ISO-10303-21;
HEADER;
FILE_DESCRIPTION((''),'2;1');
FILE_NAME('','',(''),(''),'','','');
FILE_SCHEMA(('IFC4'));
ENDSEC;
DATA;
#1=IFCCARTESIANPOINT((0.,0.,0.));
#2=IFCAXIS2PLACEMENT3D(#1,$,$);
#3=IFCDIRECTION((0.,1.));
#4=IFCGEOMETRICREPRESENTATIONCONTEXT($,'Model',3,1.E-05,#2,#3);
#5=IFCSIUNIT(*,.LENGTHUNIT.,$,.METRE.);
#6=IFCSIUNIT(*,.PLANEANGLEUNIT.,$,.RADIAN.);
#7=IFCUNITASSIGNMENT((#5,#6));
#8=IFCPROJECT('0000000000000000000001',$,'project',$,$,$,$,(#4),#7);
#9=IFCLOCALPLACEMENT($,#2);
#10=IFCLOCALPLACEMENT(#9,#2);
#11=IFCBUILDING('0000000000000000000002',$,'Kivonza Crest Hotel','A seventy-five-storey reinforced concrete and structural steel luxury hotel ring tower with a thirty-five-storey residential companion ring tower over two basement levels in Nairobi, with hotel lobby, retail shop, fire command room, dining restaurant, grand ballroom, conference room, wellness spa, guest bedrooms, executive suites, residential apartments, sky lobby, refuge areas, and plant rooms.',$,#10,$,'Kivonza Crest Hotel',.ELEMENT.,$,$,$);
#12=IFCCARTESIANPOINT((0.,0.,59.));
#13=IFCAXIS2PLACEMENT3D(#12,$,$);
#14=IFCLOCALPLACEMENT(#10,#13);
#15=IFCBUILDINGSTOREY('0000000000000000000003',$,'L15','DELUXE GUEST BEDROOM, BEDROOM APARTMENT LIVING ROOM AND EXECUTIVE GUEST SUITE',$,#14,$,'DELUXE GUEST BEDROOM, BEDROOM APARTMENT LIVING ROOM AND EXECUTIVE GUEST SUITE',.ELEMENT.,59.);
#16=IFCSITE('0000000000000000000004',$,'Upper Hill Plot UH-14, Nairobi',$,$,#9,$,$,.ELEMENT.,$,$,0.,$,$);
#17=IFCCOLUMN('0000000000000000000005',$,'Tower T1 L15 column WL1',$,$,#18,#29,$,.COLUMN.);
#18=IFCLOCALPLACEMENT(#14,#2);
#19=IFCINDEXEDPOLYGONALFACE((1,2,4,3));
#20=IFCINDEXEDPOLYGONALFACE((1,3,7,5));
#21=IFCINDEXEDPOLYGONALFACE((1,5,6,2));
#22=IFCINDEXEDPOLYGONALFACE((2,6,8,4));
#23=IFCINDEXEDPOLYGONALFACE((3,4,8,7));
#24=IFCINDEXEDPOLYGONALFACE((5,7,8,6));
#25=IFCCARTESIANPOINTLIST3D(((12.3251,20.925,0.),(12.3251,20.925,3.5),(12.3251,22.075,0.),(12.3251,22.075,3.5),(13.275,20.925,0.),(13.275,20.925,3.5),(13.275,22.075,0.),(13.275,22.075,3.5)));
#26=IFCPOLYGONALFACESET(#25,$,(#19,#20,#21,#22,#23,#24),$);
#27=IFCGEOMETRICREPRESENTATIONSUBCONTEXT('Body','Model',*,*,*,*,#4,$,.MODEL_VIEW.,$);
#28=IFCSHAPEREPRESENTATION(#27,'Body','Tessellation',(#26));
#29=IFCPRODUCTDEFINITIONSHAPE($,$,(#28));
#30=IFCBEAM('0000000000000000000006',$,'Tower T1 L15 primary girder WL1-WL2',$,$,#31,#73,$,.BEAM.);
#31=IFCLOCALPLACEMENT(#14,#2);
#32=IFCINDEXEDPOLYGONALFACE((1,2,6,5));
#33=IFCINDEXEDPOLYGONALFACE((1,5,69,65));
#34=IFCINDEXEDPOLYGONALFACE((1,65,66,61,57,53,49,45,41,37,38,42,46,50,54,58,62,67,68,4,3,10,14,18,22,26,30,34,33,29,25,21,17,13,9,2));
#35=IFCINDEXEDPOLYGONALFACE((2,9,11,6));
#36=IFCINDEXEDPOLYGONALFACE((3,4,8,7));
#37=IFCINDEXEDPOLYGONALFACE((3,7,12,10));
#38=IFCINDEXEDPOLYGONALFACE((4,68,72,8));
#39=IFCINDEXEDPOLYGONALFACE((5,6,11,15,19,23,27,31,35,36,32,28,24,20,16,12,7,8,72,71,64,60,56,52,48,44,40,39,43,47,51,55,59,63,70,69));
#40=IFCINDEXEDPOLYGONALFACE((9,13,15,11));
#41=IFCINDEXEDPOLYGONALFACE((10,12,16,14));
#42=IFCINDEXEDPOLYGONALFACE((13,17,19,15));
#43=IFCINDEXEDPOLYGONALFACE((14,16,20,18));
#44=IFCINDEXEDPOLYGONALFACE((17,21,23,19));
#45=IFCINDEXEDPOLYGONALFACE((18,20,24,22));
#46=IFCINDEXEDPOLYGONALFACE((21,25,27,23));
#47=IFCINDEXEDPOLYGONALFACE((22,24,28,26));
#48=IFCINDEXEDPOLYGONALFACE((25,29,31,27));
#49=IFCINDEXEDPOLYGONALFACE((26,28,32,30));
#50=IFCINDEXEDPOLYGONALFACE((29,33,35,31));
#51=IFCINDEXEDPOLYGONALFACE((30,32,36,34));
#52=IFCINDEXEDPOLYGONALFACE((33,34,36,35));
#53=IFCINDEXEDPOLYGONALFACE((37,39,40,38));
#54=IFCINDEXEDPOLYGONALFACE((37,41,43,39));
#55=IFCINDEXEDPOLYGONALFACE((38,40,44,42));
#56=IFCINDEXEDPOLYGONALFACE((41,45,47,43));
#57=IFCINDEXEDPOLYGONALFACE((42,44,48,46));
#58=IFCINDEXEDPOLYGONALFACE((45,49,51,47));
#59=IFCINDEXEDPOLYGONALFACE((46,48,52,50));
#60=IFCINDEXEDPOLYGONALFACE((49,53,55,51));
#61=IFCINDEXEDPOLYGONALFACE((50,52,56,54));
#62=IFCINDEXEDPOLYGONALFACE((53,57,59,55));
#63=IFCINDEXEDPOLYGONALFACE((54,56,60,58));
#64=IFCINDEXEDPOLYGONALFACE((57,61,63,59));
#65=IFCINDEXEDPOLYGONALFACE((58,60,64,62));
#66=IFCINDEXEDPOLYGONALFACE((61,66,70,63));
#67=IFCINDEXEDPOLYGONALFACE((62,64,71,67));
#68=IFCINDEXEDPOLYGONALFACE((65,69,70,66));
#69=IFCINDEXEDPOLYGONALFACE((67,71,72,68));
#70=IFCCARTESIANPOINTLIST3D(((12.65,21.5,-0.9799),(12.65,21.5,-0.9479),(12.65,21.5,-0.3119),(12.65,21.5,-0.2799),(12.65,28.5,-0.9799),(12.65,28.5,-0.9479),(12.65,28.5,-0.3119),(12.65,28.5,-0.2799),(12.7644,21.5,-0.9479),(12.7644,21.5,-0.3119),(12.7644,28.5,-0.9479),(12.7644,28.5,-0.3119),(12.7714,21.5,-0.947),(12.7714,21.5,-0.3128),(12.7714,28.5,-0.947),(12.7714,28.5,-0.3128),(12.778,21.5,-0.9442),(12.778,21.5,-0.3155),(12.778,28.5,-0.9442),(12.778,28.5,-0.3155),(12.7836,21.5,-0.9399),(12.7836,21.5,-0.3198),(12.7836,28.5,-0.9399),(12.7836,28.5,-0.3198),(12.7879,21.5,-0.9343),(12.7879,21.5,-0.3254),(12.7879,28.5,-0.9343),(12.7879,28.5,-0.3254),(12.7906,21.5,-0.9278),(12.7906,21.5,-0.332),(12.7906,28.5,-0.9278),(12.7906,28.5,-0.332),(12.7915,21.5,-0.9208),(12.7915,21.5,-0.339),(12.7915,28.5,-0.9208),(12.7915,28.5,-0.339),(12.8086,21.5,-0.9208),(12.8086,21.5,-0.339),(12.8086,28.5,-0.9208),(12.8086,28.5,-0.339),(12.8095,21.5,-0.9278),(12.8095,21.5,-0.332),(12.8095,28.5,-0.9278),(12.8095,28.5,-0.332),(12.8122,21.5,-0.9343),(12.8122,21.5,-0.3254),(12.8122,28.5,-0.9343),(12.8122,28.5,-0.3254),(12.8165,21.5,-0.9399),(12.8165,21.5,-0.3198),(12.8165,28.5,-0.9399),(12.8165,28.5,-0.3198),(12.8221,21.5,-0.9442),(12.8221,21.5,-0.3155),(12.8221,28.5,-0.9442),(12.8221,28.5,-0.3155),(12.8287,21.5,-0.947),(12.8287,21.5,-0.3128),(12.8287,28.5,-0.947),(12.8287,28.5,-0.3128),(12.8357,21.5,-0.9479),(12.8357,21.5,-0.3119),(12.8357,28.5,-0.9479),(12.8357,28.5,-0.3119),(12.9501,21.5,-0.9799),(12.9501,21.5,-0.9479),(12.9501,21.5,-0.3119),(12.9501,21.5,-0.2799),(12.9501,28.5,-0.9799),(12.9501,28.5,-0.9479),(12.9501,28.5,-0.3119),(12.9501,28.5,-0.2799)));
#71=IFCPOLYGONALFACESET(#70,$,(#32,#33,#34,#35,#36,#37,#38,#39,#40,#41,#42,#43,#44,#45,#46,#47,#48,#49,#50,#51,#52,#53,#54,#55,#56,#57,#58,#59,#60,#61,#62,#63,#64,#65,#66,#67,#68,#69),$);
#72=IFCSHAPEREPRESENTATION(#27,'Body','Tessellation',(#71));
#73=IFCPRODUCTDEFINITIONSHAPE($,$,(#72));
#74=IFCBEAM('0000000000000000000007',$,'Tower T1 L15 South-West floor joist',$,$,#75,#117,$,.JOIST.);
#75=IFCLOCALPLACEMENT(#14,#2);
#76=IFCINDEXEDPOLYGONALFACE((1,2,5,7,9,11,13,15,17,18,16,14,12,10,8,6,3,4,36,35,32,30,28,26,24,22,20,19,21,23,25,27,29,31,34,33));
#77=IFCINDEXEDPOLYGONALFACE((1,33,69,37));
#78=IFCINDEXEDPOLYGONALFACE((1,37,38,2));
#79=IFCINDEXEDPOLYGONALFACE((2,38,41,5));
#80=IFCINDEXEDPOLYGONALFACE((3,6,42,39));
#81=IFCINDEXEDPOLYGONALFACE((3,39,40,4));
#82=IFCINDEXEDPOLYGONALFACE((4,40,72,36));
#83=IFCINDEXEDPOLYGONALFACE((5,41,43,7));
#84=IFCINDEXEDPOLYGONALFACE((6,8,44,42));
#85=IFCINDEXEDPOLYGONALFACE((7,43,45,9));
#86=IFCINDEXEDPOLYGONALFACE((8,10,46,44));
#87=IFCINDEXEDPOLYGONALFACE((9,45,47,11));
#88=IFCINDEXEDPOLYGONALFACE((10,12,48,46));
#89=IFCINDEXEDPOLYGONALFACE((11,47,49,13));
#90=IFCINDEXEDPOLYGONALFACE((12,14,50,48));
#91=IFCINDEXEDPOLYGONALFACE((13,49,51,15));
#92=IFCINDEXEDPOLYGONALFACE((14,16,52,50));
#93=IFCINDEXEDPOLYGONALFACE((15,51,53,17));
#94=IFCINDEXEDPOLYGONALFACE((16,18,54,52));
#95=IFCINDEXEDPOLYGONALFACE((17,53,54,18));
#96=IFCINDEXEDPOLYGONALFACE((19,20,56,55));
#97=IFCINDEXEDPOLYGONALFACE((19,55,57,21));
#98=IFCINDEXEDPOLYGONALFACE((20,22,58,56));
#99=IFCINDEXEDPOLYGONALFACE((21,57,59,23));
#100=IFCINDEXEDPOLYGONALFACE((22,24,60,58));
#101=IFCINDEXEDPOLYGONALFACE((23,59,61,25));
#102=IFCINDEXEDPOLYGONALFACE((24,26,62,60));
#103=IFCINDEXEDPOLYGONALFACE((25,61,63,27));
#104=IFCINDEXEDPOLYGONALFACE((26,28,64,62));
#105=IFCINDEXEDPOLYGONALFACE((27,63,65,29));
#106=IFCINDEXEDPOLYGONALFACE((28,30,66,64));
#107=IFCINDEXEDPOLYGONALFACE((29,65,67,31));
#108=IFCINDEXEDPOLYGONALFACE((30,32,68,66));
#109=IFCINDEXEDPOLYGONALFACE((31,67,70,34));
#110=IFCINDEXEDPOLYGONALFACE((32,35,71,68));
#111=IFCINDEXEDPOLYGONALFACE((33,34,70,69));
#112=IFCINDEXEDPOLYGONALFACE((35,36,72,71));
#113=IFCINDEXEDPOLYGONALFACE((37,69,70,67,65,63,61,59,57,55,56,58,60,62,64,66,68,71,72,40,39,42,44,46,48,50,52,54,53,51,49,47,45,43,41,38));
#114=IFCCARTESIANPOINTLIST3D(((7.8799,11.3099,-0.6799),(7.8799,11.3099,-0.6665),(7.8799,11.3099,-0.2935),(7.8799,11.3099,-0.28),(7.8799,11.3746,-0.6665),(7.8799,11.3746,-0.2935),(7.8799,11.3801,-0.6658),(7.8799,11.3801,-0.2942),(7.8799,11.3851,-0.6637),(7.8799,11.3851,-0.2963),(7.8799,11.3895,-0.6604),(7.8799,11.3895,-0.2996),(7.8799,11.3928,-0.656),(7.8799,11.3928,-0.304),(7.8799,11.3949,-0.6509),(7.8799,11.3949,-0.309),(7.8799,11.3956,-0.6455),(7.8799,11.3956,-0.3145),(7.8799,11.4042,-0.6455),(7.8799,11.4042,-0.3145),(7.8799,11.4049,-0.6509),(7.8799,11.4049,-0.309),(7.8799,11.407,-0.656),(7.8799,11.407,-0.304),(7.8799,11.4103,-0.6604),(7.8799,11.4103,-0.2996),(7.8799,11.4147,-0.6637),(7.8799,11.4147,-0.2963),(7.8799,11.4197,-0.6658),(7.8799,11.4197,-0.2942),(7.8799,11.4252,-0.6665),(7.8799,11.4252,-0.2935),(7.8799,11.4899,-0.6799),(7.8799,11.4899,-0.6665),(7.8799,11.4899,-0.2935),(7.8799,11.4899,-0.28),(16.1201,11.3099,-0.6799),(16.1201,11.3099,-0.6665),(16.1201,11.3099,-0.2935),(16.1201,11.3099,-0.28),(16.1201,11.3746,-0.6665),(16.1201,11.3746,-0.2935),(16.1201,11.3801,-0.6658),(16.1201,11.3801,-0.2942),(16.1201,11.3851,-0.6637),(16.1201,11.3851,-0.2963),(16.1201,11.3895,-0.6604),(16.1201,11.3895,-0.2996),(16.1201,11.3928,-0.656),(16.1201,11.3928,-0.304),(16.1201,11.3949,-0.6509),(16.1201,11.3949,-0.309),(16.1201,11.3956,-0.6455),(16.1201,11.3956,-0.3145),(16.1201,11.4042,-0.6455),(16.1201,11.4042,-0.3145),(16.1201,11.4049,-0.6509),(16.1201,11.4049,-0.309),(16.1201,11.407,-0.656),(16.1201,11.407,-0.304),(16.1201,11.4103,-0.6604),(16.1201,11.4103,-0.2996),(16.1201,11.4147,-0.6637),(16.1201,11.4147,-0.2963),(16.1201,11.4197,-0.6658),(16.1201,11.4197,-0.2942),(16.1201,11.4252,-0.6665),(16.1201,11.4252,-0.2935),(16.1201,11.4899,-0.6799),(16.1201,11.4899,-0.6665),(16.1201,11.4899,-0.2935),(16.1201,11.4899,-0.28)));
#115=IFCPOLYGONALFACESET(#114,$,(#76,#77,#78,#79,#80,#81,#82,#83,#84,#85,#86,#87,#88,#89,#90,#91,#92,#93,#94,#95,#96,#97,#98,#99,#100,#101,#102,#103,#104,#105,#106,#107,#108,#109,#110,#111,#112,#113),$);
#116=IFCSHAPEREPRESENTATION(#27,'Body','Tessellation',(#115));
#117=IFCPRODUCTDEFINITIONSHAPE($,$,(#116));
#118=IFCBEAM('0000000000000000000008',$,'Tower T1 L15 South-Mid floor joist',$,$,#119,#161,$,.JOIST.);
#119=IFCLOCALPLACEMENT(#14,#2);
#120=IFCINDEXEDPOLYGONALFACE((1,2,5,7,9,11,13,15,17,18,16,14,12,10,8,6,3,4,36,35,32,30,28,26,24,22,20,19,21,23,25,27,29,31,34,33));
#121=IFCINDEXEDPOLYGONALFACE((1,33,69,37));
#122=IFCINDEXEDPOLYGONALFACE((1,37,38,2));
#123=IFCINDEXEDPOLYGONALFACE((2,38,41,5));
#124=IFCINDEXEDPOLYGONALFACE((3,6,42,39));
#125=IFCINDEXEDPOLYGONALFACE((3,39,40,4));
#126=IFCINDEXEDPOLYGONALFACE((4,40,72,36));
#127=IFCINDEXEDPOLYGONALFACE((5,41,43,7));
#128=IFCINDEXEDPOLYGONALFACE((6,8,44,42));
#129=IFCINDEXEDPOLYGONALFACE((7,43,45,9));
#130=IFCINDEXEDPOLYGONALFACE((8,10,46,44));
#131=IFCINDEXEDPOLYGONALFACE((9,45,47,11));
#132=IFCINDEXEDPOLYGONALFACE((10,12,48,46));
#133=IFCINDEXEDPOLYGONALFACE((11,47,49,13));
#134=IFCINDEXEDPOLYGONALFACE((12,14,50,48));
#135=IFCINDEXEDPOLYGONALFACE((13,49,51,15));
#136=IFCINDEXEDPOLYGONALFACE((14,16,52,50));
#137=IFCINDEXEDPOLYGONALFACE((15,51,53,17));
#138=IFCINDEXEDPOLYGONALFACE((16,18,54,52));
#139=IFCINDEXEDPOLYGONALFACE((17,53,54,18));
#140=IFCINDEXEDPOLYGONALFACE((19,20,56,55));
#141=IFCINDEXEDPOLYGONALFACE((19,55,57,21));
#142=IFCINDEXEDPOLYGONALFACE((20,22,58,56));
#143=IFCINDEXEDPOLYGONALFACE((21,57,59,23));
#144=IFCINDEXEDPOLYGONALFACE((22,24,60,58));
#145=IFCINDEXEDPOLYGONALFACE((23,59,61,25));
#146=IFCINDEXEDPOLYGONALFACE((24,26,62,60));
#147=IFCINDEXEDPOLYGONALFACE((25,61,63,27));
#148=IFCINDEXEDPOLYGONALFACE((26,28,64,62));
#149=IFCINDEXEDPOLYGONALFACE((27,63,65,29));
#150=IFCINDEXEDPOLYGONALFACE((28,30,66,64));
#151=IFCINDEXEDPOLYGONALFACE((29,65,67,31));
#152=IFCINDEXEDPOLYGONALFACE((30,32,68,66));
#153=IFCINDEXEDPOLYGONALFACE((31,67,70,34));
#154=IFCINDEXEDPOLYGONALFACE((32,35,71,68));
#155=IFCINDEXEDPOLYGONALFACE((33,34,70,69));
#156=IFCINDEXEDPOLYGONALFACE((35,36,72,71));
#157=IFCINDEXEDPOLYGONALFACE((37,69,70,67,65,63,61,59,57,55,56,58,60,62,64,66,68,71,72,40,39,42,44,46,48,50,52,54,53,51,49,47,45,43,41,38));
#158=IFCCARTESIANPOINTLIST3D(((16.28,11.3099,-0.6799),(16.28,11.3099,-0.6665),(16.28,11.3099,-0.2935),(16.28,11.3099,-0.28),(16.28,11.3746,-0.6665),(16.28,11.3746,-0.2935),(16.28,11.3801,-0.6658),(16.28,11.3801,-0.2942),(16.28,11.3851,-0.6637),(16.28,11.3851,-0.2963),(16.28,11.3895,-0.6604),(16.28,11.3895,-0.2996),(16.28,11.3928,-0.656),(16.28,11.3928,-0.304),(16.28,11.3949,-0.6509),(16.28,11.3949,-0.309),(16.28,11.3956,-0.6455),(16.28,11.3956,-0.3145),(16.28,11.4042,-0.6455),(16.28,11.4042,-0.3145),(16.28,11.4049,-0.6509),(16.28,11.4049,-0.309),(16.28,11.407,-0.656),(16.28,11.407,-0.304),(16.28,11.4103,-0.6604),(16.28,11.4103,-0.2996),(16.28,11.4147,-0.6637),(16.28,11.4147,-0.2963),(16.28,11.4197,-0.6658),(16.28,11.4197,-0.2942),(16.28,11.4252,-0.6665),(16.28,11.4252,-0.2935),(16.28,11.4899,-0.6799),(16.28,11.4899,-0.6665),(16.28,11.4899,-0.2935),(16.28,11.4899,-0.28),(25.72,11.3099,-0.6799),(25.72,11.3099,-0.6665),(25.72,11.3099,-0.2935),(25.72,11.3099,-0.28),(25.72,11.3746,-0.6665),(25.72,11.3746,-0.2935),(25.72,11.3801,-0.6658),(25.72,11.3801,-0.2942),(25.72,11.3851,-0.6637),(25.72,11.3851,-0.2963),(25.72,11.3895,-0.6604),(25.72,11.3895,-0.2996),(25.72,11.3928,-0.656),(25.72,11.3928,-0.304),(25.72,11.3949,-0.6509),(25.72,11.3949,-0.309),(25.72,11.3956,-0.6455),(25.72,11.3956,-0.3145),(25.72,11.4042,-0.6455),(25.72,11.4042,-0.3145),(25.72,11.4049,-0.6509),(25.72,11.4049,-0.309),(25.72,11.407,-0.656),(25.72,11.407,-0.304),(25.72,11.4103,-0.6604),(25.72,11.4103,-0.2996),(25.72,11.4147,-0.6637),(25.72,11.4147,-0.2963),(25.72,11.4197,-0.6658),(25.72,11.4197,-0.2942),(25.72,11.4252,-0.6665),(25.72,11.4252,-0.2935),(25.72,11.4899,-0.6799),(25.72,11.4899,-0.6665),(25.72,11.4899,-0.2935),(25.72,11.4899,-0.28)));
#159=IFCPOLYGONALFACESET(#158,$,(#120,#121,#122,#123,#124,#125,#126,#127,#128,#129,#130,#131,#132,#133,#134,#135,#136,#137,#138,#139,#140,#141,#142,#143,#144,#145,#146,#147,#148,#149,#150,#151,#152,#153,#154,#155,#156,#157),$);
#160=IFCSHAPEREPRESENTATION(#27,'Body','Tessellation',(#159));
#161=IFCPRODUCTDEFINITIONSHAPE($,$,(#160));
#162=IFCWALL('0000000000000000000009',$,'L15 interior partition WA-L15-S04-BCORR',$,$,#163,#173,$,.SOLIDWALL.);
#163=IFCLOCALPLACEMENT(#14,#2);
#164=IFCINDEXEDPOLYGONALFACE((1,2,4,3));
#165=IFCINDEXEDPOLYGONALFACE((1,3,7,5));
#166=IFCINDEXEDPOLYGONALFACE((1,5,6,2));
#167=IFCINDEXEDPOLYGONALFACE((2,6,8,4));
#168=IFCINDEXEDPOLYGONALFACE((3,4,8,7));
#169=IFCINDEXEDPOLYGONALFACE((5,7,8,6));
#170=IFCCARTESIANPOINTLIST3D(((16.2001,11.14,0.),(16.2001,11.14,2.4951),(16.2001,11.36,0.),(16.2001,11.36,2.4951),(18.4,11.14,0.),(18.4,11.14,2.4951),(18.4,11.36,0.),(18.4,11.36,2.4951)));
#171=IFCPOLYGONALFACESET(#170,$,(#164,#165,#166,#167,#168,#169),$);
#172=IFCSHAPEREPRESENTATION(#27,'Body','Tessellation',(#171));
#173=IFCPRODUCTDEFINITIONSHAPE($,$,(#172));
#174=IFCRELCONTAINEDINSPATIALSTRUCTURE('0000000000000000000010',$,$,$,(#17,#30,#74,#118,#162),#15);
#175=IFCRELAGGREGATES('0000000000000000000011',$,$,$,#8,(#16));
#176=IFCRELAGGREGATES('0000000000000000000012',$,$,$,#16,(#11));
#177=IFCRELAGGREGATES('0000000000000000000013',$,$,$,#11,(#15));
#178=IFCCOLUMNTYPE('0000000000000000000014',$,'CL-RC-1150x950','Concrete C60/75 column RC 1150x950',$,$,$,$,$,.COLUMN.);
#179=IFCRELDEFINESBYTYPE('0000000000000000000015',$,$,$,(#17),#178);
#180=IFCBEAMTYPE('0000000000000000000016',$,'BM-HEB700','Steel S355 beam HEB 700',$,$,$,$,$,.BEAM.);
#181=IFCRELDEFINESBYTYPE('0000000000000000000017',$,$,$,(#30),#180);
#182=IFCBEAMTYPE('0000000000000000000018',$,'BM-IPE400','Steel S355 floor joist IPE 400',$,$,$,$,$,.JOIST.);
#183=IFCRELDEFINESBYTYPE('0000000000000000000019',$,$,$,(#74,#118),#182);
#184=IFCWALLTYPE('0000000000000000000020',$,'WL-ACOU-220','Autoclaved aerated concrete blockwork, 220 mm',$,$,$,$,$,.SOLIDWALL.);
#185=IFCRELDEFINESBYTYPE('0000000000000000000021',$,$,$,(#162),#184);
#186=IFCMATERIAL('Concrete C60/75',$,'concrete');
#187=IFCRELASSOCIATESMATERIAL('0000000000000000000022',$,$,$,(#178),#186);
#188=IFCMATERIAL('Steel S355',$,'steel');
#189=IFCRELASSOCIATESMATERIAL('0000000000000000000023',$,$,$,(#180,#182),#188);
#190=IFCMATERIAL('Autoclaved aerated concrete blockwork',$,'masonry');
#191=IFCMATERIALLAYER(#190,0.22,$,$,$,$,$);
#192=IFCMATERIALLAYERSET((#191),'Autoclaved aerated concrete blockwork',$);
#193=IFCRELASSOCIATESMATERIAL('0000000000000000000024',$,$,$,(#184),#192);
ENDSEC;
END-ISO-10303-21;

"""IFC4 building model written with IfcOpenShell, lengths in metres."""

from ifc_helpers import new_model, si_unit, direction, frame, frame_2d, origin, origin_2d, place, context, subcontext, project, spatial, rectangle, i_section, extrude, material, layer, layer_set, material_profile, profile_set, type_object, element, save


model = new_model("IFC4")

# Units and contexts
model_context = context("Model", 3, precision=1e-05, world=origin(), true_north=direction((0.0, 1.0)))
body_context = subcontext(model_context, "Body", "Model", "MODEL_VIEW")
ifc_project = project(units=[si_unit("LENGTHUNIT", "METRE"), si_unit("PLANEANGLEUNIT", "RADIAN")], contexts=[model_context])

# Site, building, storey
site_placement = place(None, origin())
site = spatial("IfcSite", under=ifc_project, at=site_placement, Name="Upper Hill Plot UH-14, Nairobi", CompositionType="ELEMENT", RefElevation=0.0)
building_placement = place(site_placement, origin())
building = spatial("IfcBuilding", under=site, at=building_placement, Name="Kivonza Crest Hotel", Description="A seventy-five-storey reinforced concrete and structural steel luxury hotel ring tower with a thirty-five-storey residential companion ring tower over two basement levels in Nairobi, with hotel lobby, retail shop, fire command room, dining restaurant, grand ballroom, conference room, wellness spa, guest bedrooms, executive suites, residential apartments, sky lobby, refuge areas, and plant rooms.", LongName="Kivonza Crest Hotel", CompositionType="ELEMENT")
storey_placement = place(building_placement, frame((0.0, 0.0, 59.0)))
storey = spatial("IfcBuildingStorey", under=building, at=storey_placement, Name="L15", Description="DELUXE GUEST BEDROOM, BEDROOM APARTMENT LIVING ROOM AND EXECUTIVE GUEST SUITE", LongName="DELUXE GUEST BEDROOM, BEDROOM APARTMENT LIVING ROOM AND EXECUTIVE GUEST SUITE", CompositionType="ELEMENT", Elevation=59.0)

# Column
ifc_material_1 = material(Name="Concrete C60/75", Category="concrete")
ifc_material_profile_1 = material_profile(ifc_material_1, rectangle(XDim=0.95, YDim=1.1499, at=origin_2d()), Name="RC 1150x950")
ifc_profile_set_1 = profile_set([ifc_material_profile_1], Name="Concrete C60/75")
column_type = type_object("IfcColumnType", Name="CL-RC-1150x950", Description="Concrete C60/75 column RC 1150x950", PredefinedType="COLUMN", material=ifc_profile_set_1)
column_placement = place(storey_placement, frame((12.8, 21.5, 0.0), z_axis=(0.0, 0.0, 1.0), x_axis=(1.0, 0.0, 0.0)))
element("IfcColumn", 1, at=column_placement, inside=storey, type_object=column_type, Name="Tower T1 L15 column WL1", PredefinedType="COLUMN", context=body_context, shape_type="SweptSolid", body=[
    extrude(rectangle(XDim=0.95, YDim=1.1499, at=origin_2d()), origin(), (0.0, 0.0, 1.0), 3.5),
])

# Beams
ifc_material_2 = material(Name="Steel S355", Category="steel")
ifc_material_profile_2 = material_profile(ifc_material_2, i_section(OverallWidth=0.3, OverallDepth=0.7, WebThickness=0.0171, FlangeThickness=0.032, FilletRadius=0.0271, at=origin_2d()), Name="HEB 700")
ifc_profile_set_2 = profile_set([ifc_material_profile_2], Name="Steel S355")
beam_type_1 = type_object("IfcBeamType", Name="BM-HEB700", Description="Steel S355 beam HEB 700", PredefinedType="BEAM", material=ifc_profile_set_2)
beam_1_placement = place(storey_placement, frame((12.8, 21.5, -0.6299), z_axis=(0.0, 1.0, 0.0), x_axis=(-1.0, 0.0, 0.0)))
element("IfcBeam", 2, at=beam_1_placement, inside=storey, type_object=beam_type_1, Name="Tower T1 L15 primary girder WL1-WL2", PredefinedType="BEAM", context=body_context, shape_type="SweptSolid", body=[
    extrude(i_section(OverallWidth=0.3, OverallDepth=0.7, WebThickness=0.0171, FlangeThickness=0.032, FilletRadius=0.0271, at=origin_2d()), origin(), (0.0, 0.0, 1.0), 7.0),
])
ifc_material_profile_3 = material_profile(ifc_material_2, i_section(OverallWidth=0.1799, OverallDepth=0.3999, WebThickness=0.0085, FlangeThickness=0.0134, FilletRadius=0.021, at=origin_2d()), Name="IPE 400")
ifc_profile_set_3 = profile_set([ifc_material_profile_3], Name="Steel S355")
beam_type_2 = type_object("IfcBeamType", Name="BM-IPE400", Description="Steel S355 floor joist IPE 400", PredefinedType="JOIST", material=ifc_profile_set_3)
beam_2_placement = place(storey_placement, frame((7.8799, 11.3999, -0.48), z_axis=(1.0, 0.0, 0.0), x_axis=(0.0, 1.0, 0.0)))
element("IfcBeam", 3, at=beam_2_placement, inside=storey, type_object=beam_type_2, Name="Tower T1 L15 South-West floor joist", PredefinedType="JOIST", context=body_context, shape_type="SweptSolid", body=[
    extrude(i_section(OverallWidth=0.1799, OverallDepth=0.3999, WebThickness=0.0085, FlangeThickness=0.0134, FilletRadius=0.021, at=origin_2d()), origin(), (0.0, 0.0, 1.0), 8.2402),
])
beam_3_placement = place(storey_placement, frame((16.28, 11.3999, -0.48), z_axis=(1.0, 0.0, 0.0), x_axis=(0.0, 1.0, 0.0)))
element("IfcBeam", 4, at=beam_3_placement, inside=storey, type_object=beam_type_2, Name="Tower T1 L15 South-Mid floor joist", PredefinedType="JOIST", context=body_context, shape_type="SweptSolid", body=[
    extrude(i_section(OverallWidth=0.1799, OverallDepth=0.3999, WebThickness=0.0085, FlangeThickness=0.0134, FilletRadius=0.021, at=origin_2d()), origin(), (0.0, 0.0, 1.0), 9.4399),
])

# Wall
ifc_material_3 = material(Name="Autoclaved aerated concrete blockwork", Category="masonry")
ifc_layer_1 = layer(ifc_material_3, 0.22)
ifc_layer_set_1 = layer_set([ifc_layer_1], Name="Autoclaved aerated concrete blockwork")
wall_type_1 = type_object("IfcWallType", Name="WL-ACOU-220", Description="Autoclaved aerated concrete blockwork, 220 mm", PredefinedType="SOLIDWALL", material=ifc_layer_set_1)
wall_1_placement = place(storey_placement, frame((16.2, 11.25, 0.0), z_axis=(0.0, 0.0, 1.0), x_axis=(1.0, 0.0, 0.0)))
element("IfcWall", 5, at=wall_1_placement, inside=storey, type_object=wall_type_1, Name="L15 interior partition WA-L15-S04-BCORR", PredefinedType="SOLIDWALL", context=body_context, shape_type="SweptSolid", body=[
    extrude(rectangle(XDim=2.2, YDim=0.22, at=frame_2d((1.1001, 0.0))), origin(), (0.0, 0.0, 1.0), 2.4951),
])

save(model, "model.ifc")
